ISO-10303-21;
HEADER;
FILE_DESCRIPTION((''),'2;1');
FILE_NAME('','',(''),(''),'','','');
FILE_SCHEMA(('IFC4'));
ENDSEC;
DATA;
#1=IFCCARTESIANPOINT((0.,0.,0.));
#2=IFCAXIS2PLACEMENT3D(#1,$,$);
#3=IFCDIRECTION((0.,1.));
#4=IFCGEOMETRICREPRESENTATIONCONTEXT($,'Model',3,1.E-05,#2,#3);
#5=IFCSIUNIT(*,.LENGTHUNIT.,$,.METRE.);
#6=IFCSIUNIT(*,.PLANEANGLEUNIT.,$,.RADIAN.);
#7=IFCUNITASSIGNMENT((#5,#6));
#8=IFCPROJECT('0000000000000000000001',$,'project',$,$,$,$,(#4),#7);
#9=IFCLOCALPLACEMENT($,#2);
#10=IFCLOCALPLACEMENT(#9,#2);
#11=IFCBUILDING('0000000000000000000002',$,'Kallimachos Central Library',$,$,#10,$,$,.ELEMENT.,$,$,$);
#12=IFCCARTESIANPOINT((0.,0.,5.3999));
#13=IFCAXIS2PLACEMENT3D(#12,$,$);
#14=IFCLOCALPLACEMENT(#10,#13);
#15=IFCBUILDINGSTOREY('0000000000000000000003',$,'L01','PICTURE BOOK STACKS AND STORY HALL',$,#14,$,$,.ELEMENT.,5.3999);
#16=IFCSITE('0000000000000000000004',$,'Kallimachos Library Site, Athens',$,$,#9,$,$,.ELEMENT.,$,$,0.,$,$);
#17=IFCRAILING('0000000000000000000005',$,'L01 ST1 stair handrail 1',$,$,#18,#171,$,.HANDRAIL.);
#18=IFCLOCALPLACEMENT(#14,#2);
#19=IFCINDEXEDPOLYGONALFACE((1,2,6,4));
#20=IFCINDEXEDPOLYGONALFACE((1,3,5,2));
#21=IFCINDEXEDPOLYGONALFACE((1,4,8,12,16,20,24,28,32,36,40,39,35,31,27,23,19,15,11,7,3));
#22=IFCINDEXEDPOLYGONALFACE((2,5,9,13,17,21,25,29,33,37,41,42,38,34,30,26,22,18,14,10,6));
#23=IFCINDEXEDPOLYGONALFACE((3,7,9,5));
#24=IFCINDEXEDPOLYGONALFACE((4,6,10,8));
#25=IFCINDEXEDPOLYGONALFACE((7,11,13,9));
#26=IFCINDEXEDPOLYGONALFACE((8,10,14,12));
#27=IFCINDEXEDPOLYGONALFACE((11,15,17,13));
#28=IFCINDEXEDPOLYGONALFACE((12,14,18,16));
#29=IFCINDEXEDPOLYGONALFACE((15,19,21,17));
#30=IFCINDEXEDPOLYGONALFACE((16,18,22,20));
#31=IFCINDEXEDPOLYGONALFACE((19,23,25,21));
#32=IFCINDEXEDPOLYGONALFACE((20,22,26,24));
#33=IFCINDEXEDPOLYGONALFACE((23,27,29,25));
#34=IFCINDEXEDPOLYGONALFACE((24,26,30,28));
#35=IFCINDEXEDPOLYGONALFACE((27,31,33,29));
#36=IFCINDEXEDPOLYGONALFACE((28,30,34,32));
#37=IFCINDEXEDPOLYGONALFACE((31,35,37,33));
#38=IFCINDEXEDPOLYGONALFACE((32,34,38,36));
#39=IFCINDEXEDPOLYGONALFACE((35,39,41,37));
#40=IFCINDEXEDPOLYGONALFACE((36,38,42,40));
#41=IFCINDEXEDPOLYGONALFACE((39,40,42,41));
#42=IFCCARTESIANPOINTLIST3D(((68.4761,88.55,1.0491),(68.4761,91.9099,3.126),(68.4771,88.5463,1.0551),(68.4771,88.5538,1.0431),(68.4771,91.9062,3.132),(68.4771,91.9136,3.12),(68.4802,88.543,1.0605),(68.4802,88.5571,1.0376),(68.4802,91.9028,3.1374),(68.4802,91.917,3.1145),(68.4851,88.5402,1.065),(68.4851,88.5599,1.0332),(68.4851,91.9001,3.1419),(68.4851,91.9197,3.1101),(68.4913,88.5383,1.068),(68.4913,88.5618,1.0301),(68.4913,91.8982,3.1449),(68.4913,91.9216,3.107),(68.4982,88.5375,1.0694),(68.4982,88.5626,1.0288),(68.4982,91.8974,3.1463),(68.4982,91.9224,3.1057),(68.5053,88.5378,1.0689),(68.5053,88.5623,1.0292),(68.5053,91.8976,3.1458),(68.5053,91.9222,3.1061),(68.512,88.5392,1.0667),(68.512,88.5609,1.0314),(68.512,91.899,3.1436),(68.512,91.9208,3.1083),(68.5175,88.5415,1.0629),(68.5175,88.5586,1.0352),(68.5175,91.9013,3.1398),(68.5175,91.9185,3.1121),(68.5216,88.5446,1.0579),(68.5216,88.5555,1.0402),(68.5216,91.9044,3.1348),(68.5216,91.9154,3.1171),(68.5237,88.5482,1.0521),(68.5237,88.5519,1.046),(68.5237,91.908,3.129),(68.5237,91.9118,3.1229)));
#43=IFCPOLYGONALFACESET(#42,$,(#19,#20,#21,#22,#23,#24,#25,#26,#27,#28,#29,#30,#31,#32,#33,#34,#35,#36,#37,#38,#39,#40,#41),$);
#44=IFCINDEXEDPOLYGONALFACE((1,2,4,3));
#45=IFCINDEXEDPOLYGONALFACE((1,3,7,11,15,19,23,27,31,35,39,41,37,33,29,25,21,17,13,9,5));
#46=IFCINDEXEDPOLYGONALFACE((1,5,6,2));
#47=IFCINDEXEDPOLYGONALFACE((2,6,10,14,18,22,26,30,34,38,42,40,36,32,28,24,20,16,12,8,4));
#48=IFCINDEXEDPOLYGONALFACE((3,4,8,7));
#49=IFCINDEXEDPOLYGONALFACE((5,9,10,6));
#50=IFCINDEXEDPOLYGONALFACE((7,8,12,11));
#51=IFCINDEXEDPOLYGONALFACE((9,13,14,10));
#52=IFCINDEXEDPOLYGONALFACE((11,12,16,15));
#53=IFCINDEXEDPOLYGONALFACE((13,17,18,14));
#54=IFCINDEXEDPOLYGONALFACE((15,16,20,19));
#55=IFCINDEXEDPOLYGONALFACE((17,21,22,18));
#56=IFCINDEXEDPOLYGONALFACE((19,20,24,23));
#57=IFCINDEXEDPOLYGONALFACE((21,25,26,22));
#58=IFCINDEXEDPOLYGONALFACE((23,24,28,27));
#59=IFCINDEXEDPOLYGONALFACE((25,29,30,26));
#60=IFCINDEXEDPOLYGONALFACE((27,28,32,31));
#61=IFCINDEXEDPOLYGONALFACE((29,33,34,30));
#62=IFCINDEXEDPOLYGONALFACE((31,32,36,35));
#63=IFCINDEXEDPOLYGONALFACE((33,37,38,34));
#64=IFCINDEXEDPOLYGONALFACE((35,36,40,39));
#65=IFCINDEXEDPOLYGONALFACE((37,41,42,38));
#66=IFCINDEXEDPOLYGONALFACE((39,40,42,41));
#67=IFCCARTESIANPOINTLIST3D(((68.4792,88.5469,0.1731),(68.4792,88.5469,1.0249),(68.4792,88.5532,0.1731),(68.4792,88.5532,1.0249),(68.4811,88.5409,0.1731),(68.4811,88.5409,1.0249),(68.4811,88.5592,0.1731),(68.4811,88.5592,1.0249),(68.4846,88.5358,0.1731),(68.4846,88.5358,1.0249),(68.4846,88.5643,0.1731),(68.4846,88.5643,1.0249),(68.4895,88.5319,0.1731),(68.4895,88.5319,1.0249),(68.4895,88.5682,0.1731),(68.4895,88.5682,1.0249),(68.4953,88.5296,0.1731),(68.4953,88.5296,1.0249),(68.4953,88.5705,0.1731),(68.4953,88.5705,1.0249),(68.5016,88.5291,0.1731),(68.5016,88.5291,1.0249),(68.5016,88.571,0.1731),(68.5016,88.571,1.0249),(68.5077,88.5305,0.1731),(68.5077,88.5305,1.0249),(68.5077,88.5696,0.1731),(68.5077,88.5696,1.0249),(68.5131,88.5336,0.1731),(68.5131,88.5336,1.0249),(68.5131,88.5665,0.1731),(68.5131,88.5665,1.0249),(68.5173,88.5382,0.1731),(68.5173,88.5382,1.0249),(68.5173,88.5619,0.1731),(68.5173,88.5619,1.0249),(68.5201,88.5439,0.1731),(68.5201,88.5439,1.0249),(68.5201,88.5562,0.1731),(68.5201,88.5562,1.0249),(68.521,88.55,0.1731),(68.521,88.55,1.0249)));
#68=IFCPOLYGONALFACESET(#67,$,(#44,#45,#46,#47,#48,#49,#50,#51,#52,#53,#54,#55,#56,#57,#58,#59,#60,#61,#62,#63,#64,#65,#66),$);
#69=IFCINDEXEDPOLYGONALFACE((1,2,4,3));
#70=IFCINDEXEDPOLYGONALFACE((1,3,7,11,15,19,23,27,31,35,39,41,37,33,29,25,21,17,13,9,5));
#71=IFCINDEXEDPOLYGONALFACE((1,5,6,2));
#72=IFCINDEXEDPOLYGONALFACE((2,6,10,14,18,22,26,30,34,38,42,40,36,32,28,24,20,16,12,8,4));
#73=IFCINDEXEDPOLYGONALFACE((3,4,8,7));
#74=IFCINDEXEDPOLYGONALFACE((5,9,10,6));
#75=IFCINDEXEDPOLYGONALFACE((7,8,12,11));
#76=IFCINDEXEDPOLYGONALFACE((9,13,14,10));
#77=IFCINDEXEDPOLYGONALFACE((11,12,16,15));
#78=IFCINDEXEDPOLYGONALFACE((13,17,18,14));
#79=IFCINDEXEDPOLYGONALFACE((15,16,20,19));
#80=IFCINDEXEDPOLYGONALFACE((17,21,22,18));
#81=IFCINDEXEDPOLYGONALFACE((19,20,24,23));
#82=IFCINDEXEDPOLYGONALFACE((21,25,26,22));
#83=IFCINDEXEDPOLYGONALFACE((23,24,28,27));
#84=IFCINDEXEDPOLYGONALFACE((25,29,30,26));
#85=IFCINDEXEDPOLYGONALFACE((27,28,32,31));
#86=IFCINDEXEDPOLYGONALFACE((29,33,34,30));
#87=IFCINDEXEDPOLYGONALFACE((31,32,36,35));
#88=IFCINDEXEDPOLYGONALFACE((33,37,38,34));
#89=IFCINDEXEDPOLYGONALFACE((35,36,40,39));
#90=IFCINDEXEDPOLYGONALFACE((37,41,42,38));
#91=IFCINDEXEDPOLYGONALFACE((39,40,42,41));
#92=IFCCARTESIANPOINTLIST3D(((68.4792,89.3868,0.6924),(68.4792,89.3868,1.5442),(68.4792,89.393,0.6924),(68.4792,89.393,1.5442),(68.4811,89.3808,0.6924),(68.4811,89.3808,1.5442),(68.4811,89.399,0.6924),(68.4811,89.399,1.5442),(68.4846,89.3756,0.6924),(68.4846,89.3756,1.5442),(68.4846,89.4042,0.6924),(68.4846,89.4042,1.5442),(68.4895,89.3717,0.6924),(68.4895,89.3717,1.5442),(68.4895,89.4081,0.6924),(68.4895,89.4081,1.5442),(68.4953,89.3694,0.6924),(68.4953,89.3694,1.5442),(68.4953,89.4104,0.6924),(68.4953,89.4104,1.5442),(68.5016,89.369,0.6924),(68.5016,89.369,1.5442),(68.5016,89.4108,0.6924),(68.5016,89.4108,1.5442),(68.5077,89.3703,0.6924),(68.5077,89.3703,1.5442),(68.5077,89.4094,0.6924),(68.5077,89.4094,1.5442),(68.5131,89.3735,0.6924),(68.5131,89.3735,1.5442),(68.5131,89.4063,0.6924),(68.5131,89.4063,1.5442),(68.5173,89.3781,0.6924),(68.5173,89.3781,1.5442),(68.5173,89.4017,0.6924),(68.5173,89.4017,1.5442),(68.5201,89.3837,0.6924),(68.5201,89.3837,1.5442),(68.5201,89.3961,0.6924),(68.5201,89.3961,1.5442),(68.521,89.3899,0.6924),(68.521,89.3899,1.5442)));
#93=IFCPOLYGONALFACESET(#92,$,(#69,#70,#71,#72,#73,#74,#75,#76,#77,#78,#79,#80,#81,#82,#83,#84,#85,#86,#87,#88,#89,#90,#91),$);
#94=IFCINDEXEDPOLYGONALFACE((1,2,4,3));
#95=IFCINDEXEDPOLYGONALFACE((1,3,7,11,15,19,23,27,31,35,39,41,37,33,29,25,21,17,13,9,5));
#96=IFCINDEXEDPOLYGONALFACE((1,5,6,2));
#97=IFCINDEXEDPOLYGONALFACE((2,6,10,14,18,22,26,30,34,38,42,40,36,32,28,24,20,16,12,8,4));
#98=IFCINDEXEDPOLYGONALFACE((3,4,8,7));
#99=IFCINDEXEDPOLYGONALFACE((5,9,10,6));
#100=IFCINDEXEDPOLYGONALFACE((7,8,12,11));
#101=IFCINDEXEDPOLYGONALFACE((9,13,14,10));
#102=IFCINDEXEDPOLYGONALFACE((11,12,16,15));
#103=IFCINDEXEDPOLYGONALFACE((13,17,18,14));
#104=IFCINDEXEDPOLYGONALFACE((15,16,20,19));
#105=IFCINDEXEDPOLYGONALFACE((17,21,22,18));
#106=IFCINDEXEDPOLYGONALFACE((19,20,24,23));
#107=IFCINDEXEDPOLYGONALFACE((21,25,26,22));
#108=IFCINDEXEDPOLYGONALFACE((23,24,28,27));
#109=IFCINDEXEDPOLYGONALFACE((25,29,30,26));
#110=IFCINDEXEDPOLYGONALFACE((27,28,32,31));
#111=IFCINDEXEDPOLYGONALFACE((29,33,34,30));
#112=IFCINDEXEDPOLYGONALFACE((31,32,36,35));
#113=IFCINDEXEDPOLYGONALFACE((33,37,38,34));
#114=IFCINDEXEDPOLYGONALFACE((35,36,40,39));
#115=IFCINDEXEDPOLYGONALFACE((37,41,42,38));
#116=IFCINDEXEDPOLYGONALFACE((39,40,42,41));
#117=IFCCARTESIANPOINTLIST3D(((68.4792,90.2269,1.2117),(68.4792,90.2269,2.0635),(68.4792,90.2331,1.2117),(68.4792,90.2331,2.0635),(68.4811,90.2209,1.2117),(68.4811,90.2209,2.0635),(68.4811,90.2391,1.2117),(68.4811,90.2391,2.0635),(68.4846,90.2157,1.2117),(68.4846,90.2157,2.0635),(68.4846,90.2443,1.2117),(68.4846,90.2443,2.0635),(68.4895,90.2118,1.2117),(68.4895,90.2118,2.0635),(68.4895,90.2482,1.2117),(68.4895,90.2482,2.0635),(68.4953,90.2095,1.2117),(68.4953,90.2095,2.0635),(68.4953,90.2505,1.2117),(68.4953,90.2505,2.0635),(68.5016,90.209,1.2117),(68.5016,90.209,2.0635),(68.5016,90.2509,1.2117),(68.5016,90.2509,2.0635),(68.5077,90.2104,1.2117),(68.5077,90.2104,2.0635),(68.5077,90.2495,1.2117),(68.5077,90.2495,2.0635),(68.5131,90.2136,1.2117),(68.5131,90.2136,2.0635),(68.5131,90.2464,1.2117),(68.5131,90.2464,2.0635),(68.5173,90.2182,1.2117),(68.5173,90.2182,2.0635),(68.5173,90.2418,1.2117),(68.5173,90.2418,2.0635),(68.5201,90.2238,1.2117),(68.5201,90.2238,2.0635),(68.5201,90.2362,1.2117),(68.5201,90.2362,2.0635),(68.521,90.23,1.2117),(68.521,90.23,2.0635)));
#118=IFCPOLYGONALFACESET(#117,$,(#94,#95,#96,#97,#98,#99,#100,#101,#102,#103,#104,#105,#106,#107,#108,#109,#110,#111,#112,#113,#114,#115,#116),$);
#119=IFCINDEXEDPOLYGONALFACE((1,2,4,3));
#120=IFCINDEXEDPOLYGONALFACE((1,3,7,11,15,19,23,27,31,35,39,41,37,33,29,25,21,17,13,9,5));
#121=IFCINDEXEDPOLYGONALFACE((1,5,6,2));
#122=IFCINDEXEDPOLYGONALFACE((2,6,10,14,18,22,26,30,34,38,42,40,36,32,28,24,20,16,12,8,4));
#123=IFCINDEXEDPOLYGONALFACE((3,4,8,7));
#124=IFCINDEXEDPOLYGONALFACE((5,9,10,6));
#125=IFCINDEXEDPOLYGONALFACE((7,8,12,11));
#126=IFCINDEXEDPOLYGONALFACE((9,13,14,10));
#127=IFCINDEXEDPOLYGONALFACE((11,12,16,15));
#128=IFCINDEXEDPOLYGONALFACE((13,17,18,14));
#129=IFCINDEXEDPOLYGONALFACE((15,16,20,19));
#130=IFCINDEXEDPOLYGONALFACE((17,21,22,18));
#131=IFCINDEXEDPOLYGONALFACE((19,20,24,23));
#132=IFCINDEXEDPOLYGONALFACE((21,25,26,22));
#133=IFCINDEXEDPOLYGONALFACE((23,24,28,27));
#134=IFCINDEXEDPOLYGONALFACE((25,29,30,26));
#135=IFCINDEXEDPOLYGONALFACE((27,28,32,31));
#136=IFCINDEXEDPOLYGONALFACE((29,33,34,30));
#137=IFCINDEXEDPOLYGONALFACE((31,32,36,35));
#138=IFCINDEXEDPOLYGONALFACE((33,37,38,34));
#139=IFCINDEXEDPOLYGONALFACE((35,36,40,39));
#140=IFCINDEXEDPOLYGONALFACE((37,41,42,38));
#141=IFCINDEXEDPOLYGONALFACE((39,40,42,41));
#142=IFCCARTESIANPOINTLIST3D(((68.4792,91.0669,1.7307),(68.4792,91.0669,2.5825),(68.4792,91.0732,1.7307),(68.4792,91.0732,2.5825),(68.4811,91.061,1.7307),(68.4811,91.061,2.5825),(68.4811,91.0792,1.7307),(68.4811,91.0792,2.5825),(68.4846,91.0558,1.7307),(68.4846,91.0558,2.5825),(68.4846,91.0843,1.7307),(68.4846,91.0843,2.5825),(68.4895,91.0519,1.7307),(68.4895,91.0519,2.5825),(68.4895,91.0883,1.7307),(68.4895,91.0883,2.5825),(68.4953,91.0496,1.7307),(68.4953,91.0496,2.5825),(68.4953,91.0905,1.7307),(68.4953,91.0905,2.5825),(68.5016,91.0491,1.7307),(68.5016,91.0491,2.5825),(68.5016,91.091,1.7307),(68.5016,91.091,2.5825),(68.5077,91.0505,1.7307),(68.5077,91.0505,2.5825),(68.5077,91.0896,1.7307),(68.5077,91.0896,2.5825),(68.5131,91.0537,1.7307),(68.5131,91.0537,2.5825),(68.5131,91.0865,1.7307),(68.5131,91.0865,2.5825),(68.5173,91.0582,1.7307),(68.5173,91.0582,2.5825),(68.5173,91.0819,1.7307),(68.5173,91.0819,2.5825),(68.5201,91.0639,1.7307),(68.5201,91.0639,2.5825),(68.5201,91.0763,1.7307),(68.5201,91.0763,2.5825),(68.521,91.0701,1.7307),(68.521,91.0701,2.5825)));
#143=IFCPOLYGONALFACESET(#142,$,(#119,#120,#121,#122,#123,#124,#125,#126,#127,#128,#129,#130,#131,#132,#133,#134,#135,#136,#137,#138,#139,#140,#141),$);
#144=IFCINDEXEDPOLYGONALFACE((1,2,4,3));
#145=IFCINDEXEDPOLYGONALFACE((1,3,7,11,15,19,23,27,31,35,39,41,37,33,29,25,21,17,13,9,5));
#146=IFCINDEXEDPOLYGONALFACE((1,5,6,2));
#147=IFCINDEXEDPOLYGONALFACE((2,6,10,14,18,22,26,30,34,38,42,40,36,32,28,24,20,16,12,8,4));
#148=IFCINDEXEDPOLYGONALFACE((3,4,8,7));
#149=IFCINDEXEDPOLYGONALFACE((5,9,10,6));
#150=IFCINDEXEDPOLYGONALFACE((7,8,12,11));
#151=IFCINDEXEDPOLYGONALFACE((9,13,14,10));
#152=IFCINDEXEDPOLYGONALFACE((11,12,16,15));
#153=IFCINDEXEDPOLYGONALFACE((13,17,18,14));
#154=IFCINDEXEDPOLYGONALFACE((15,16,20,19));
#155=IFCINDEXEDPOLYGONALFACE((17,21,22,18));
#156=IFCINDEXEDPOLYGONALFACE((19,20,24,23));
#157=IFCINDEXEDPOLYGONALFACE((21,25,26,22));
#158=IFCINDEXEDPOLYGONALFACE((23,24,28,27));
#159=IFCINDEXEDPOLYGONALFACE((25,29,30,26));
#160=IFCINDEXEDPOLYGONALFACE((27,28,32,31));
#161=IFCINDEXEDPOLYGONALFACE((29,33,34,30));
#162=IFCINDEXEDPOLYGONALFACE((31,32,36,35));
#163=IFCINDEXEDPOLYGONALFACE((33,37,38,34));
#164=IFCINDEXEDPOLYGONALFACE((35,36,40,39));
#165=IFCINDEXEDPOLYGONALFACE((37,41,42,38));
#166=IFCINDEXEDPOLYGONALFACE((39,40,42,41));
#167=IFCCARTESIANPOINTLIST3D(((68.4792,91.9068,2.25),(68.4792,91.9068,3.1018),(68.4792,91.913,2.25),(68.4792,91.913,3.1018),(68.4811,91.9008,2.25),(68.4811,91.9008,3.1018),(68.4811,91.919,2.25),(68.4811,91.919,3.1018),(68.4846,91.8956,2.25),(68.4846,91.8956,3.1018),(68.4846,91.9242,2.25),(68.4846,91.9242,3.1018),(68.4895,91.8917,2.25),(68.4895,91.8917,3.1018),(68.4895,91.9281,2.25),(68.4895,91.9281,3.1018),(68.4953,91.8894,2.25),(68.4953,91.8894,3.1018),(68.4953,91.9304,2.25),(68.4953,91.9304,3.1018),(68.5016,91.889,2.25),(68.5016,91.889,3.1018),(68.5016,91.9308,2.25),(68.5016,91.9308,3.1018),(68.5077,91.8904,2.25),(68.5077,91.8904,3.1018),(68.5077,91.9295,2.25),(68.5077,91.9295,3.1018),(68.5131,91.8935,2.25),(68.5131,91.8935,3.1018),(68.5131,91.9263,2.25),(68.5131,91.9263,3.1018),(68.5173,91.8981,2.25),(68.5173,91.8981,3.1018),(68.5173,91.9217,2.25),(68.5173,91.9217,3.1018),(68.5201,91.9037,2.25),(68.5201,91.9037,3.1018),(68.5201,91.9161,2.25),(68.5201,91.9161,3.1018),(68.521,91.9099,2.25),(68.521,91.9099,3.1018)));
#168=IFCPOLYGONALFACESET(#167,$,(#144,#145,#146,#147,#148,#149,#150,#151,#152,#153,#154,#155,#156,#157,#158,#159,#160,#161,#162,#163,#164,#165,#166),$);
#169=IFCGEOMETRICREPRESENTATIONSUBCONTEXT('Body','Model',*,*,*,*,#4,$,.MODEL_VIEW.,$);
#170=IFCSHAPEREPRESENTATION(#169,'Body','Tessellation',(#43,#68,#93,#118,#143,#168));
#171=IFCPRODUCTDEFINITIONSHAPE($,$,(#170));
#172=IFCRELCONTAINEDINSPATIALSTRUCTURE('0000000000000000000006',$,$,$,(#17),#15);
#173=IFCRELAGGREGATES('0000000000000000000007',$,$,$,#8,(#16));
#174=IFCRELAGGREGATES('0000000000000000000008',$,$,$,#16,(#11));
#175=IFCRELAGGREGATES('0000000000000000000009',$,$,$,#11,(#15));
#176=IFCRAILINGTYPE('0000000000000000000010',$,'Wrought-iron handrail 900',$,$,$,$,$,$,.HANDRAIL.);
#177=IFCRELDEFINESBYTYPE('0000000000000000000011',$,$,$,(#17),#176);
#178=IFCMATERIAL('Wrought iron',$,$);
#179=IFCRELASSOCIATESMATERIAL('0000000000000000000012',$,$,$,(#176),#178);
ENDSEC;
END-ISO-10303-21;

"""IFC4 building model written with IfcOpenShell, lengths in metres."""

from ifc_helpers import new_model, si_unit, direction, frame, origin, origin_2d, place, context, subcontext, project, spatial, circle, extrude, material, type_object, element, save


model = new_model("IFC4")

# Units and contexts
model_context = context("Model", 3, precision=1e-05, world=origin(), true_north=direction((0.0, 1.0)))
body_context = subcontext(model_context, "Body", "Model", "MODEL_VIEW")
ifc_project = project(units=[si_unit("LENGTHUNIT", "METRE"), si_unit("PLANEANGLEUNIT", "RADIAN")], contexts=[model_context])

# Site, building, storey
site_placement = place(None, origin())
site = spatial("IfcSite", under=ifc_project, at=site_placement, Name="Kallimachos Library Site, Athens", CompositionType="ELEMENT", RefElevation=0.0)
building_placement = place(site_placement, origin())
building = spatial("IfcBuilding", under=site, at=building_placement, Name="Kallimachos Central Library", CompositionType="ELEMENT")
storey_placement = place(building_placement, frame((0.0, 0.0, 5.3999)))
storey = spatial("IfcBuildingStorey", under=building, at=storey_placement, Name="L01", Description="PICTURE BOOK STACKS AND STORY HALL", CompositionType="ELEMENT", Elevation=5.3999)

# Railing
ifc_material_1 = material(Name="Wrought iron")
railing_type_1 = type_object("IfcRailingType", Name="Wrought-iron handrail 900", PredefinedType="HANDRAIL", material=ifc_material_1)
railing_1_placement = place(storey_placement, frame((68.5, 88.55, 0.1731)))
element("IfcRailing", 1, at=railing_1_placement, inside=storey, type_object=railing_type_1, Name="L01 ST1 stair handrail 1", PredefinedType="HANDRAIL", context=body_context, shape_type="SweptSolid", body=[
    extrude(circle(Radius=0.0239, at=origin_2d()), frame((0.0, 0.0, 0.876), z_axis=(0.0, 0.850606, 0.525803), x_axis=(-1.0, 0.0, 0.0)), (0.0, 0.0, 1.0), 3.95),
    extrude(circle(Radius=0.021, at=origin_2d()), origin(), (0.0, 0.0, 1.0), 0.8518),
    extrude(circle(Radius=0.021, at=origin_2d()), frame((0.0, 0.8398, 0.5193)), (0.0, 0.0, 1.0), 0.8518),
    extrude(circle(Radius=0.021, at=origin_2d()), frame((0.0, 1.6799, 1.0386)), (0.0, 0.0, 1.0), 0.8518),
    extrude(circle(Radius=0.021, at=origin_2d()), frame((0.0, 2.52, 1.5576)), (0.0, 0.0, 1.0), 0.8518),
    extrude(circle(Radius=0.021, at=origin_2d()), frame((0.0, 3.3599, 2.0769)), (0.0, 0.0, 1.0), 0.8518),
])

save(model, "model.ifc")
